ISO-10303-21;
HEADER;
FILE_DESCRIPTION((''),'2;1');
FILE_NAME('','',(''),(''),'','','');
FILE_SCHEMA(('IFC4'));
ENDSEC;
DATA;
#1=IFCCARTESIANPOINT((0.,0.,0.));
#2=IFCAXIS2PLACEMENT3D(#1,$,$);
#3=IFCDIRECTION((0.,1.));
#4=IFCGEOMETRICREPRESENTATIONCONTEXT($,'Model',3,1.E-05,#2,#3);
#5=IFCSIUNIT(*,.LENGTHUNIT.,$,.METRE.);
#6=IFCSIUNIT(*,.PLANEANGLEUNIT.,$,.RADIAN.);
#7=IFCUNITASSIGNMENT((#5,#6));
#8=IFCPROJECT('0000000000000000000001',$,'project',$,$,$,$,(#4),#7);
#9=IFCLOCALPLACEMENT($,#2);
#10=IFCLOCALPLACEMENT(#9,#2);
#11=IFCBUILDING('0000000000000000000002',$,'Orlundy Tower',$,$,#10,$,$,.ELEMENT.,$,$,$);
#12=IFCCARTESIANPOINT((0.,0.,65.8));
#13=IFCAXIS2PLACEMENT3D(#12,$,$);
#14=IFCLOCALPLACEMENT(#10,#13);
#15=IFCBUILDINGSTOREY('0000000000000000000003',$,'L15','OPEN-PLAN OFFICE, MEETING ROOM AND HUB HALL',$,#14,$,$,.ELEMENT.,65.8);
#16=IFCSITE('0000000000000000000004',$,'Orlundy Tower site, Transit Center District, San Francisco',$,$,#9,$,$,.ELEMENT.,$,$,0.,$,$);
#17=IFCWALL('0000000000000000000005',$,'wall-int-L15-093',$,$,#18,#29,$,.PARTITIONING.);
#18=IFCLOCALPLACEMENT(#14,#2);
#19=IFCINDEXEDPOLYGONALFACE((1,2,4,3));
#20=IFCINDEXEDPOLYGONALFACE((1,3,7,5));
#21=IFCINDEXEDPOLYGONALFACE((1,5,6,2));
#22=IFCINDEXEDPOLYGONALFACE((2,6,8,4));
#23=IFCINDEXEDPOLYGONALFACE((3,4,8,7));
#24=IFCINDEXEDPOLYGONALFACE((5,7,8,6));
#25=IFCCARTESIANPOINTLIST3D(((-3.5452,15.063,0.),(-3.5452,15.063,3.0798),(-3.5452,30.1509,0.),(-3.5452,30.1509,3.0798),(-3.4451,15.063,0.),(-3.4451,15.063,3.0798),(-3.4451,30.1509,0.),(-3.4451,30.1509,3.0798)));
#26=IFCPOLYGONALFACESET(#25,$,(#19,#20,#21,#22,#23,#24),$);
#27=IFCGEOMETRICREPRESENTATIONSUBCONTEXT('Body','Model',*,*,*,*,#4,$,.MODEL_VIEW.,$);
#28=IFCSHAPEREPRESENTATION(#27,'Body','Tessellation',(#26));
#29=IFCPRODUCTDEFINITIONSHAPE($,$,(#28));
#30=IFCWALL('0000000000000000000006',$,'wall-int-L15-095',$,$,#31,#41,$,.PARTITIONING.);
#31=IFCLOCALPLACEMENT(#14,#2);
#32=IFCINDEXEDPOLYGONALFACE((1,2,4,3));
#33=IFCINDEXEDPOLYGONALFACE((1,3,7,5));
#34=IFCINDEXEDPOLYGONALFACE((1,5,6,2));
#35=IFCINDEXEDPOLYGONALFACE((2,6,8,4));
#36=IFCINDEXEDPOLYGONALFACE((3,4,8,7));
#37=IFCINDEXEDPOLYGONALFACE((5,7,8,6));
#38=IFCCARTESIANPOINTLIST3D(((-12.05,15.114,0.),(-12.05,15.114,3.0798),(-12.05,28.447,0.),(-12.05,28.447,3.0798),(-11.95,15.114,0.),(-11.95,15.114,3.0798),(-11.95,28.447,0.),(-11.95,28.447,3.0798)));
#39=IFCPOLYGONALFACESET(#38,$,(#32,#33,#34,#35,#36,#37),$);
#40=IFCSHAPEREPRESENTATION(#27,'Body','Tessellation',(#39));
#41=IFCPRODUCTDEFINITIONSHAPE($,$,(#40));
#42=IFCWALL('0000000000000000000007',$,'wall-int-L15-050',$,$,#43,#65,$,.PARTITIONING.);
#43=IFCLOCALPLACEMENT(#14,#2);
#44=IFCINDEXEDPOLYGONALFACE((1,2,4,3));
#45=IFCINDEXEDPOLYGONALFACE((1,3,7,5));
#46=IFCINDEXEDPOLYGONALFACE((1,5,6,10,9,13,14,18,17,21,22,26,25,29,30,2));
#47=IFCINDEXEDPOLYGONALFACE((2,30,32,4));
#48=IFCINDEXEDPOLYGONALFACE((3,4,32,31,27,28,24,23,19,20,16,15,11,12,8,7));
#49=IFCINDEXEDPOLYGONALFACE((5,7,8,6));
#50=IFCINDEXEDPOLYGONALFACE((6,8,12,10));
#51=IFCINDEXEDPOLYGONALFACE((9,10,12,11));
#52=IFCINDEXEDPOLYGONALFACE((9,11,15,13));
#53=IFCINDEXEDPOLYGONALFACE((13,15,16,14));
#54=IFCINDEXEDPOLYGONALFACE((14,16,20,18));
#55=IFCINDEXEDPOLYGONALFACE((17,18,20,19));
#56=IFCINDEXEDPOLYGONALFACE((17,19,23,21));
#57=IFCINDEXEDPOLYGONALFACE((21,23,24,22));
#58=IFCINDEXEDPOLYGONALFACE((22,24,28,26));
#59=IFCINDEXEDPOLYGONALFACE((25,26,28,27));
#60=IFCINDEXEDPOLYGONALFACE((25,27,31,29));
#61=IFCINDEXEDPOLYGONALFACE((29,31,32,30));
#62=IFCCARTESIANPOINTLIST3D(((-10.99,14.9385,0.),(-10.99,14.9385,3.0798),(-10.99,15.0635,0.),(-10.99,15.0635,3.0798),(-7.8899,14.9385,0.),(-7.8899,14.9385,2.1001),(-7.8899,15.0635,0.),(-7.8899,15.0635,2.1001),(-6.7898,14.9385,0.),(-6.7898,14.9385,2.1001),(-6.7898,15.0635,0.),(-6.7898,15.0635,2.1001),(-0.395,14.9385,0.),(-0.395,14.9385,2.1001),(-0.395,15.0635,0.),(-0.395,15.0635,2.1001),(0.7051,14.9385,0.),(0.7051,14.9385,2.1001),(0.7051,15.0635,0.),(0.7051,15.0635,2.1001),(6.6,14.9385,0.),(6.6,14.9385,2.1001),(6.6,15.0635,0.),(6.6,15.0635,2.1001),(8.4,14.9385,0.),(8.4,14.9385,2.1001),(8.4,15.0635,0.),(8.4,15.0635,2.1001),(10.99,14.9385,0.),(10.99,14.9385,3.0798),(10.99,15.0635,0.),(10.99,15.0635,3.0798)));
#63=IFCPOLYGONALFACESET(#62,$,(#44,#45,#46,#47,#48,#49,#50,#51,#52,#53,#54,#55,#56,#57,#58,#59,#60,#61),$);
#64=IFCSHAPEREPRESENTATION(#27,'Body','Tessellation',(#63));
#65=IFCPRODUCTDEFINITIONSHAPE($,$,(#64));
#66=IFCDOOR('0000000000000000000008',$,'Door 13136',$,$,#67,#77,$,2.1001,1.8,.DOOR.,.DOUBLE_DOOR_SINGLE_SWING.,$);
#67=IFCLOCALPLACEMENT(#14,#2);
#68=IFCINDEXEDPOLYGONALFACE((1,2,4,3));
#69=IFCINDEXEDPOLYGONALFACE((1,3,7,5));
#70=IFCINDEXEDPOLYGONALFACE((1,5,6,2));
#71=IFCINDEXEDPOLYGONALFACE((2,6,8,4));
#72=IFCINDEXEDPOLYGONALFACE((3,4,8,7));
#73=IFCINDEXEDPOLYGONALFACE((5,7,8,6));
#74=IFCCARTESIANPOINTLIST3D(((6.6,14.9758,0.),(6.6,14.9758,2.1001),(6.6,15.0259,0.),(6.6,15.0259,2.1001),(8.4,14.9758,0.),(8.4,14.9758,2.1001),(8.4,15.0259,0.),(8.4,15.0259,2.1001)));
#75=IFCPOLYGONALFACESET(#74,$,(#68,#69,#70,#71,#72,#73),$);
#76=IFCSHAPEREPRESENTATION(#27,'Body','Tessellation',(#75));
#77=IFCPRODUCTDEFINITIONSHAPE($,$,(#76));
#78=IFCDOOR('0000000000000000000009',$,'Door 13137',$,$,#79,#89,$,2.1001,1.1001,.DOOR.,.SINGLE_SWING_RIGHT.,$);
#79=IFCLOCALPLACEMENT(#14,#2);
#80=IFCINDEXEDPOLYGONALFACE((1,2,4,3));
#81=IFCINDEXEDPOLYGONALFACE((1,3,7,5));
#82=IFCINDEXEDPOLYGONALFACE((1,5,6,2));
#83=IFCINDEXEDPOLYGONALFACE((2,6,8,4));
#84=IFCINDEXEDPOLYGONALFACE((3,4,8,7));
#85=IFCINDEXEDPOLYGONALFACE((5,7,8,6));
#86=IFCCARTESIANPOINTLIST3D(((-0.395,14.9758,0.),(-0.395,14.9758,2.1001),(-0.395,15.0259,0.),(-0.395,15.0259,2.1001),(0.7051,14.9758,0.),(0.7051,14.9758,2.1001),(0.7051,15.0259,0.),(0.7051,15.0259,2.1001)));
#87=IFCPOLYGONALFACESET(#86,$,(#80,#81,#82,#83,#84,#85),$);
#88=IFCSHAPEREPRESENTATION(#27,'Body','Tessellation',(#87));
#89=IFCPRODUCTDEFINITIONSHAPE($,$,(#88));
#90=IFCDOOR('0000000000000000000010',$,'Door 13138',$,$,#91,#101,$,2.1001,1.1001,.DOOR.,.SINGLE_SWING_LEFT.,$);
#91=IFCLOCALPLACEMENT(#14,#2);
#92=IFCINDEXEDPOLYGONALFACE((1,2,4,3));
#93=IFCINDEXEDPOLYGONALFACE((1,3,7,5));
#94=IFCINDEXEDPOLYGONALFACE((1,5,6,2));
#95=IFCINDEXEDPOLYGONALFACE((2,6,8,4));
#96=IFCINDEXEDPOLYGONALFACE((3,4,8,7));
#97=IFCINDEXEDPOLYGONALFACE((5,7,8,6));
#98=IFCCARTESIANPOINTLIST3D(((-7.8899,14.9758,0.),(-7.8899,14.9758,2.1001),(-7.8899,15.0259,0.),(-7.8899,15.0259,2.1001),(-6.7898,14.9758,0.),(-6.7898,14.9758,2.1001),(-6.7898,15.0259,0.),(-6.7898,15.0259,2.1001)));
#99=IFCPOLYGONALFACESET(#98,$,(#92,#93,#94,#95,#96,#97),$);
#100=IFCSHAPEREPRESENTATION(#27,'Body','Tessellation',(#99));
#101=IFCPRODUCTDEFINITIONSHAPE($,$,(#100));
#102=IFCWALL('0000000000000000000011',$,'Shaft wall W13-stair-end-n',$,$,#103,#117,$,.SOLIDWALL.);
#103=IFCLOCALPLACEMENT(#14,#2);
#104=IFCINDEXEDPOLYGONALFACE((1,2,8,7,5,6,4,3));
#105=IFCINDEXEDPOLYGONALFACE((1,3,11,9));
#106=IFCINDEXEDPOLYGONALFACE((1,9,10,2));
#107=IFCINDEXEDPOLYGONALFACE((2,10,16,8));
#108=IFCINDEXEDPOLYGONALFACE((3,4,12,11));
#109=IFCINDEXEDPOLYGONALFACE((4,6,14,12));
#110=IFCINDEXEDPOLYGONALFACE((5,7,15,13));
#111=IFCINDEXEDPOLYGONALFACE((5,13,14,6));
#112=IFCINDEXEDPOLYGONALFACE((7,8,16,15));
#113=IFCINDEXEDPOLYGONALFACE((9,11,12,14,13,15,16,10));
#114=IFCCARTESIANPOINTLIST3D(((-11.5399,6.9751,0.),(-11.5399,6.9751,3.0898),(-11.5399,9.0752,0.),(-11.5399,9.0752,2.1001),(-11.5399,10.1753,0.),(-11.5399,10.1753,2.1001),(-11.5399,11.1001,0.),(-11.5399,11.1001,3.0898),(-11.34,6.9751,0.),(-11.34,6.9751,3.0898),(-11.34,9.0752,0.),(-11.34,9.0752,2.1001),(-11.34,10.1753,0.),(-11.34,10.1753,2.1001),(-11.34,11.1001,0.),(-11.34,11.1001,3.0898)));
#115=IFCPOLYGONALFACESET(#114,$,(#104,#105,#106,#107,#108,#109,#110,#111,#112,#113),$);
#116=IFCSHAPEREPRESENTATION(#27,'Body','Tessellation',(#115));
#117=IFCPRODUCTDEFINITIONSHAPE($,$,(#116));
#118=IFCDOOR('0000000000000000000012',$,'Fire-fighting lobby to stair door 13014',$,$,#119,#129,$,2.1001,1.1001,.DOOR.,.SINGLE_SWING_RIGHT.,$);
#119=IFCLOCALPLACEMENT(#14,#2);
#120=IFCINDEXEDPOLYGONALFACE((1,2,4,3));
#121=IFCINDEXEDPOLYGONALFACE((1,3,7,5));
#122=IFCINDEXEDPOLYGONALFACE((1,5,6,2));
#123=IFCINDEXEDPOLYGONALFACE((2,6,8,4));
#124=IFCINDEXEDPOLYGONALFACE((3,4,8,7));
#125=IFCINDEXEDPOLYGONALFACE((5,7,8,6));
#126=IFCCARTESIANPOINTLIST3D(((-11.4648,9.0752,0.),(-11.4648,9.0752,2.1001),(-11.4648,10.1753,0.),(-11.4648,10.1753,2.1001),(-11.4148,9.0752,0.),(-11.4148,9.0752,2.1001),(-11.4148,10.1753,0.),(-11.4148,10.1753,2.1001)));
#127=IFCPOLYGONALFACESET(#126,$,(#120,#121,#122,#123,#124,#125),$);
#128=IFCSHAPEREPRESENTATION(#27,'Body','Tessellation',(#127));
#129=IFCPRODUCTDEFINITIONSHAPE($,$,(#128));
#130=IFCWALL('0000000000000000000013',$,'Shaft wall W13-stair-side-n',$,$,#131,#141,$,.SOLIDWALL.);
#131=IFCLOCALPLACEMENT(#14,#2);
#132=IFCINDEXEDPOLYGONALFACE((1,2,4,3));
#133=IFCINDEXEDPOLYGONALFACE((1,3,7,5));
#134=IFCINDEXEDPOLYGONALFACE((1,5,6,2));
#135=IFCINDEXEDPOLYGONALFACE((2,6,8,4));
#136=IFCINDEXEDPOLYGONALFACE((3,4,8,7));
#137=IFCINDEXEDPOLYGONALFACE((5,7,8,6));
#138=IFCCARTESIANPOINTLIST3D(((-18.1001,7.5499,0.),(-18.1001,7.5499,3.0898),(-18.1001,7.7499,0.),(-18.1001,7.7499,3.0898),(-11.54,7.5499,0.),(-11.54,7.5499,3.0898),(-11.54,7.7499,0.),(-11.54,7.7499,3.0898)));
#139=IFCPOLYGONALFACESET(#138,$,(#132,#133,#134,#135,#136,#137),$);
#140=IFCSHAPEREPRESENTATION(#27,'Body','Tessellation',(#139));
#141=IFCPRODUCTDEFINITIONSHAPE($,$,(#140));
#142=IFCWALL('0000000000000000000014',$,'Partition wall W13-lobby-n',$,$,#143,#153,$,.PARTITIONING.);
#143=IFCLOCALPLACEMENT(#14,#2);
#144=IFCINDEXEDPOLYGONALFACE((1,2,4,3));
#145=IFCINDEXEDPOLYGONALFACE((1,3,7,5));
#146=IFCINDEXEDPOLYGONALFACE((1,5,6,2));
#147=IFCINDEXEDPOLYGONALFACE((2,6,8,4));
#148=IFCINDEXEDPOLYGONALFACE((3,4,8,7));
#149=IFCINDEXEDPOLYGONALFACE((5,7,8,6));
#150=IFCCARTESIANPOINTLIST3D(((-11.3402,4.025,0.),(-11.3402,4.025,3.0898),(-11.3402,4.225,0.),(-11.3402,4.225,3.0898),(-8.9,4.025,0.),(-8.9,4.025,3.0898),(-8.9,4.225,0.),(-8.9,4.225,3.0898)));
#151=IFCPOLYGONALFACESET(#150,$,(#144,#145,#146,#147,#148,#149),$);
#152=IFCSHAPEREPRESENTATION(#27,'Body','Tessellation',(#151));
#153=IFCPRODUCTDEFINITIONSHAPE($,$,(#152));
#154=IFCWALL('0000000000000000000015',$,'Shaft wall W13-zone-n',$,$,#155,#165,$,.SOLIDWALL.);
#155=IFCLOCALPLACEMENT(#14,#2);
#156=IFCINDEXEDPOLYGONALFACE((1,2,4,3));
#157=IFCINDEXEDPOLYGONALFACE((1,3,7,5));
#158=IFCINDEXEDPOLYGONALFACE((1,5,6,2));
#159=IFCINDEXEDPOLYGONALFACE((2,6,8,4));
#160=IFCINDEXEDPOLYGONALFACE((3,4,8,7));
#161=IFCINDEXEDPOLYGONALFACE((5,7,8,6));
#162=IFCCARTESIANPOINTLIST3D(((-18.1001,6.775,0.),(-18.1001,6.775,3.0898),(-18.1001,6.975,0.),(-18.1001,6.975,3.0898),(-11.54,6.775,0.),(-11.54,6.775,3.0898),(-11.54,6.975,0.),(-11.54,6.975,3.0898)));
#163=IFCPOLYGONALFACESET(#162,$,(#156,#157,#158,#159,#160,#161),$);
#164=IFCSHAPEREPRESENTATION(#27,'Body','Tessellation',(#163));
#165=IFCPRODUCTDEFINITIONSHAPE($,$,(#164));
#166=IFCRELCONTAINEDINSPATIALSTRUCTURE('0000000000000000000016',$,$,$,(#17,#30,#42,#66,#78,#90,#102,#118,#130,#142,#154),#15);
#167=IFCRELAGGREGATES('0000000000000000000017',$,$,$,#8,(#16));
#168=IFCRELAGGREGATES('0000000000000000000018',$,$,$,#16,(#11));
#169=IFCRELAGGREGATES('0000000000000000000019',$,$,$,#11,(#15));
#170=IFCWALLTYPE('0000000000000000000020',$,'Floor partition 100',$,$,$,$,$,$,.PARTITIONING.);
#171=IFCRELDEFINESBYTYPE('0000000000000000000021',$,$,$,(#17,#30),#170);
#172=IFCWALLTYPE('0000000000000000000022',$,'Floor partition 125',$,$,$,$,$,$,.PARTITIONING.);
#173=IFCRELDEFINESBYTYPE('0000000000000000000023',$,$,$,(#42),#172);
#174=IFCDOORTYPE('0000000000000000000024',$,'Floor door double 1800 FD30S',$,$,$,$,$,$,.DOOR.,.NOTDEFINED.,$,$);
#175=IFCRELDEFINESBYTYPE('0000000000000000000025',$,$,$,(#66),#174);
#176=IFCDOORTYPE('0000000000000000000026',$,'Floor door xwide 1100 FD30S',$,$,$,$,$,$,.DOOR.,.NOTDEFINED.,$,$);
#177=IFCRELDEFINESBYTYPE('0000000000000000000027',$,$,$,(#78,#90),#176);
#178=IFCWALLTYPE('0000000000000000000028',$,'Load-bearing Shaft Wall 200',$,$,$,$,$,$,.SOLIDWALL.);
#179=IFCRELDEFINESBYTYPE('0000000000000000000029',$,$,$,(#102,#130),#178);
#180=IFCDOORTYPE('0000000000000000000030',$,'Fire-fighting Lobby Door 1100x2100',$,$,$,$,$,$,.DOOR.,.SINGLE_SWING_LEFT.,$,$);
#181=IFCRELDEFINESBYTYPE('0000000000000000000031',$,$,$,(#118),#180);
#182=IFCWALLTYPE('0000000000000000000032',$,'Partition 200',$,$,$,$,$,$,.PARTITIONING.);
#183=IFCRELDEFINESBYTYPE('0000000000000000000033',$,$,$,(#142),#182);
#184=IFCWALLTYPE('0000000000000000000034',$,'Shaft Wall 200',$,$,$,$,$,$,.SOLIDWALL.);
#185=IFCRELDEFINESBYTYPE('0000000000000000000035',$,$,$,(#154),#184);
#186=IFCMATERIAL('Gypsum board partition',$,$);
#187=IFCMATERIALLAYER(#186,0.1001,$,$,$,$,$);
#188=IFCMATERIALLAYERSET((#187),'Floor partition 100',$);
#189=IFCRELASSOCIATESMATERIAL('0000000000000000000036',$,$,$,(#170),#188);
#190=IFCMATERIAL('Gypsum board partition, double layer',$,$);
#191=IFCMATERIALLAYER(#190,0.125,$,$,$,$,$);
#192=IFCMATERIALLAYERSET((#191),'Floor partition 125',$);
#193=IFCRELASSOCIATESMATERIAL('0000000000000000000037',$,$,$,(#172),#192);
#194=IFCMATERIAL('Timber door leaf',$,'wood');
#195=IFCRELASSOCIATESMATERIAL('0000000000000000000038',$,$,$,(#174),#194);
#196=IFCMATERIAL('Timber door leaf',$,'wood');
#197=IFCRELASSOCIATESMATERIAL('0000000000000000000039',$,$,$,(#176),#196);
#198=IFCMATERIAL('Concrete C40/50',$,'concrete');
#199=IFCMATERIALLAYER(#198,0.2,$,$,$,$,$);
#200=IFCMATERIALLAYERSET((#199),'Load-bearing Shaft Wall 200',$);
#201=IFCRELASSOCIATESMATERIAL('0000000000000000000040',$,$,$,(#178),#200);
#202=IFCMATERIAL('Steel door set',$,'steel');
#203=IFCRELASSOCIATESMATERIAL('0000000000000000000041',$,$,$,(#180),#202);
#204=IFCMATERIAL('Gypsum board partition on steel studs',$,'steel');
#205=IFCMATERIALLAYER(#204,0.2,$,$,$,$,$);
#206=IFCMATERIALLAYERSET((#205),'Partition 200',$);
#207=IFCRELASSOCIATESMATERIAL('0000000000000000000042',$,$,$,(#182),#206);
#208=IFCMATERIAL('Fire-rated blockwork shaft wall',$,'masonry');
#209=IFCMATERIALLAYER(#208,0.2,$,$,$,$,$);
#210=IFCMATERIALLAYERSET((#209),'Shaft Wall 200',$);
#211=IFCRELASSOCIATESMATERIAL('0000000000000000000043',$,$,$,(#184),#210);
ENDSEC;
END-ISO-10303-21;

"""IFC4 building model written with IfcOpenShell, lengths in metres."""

from ifc_helpers import new_model, si_unit, direction, frame, frame_2d, origin, place, context, subcontext, project, spatial, rectangle, extrude, material, layer, layer_set, type_object, element, fill, save


model = new_model("IFC4")

# Units and contexts
model_context = context("Model", 3, precision=1e-05, world=origin(), true_north=direction((0.0, 1.0)))
body_context = subcontext(model_context, "Body", "Model", "MODEL_VIEW")
ifc_project = project(units=[si_unit("LENGTHUNIT", "METRE"), si_unit("PLANEANGLEUNIT", "RADIAN")], contexts=[model_context])

# Site, building, storey
site_placement = place(None, origin())
site = spatial("IfcSite", under=ifc_project, at=site_placement, Name="Orlundy Tower site, Transit Center District, San Francisco", CompositionType="ELEMENT", RefElevation=0.0)
building_placement = place(site_placement, origin())
building = spatial("IfcBuilding", under=site, at=building_placement, Name="Orlundy Tower", CompositionType="ELEMENT")
storey_placement = place(building_placement, frame((0.0, 0.0, 65.8)))
storey = spatial("IfcBuildingStorey", under=building, at=storey_placement, Name="L15", Description="OPEN-PLAN OFFICE, MEETING ROOM AND HUB HALL", CompositionType="ELEMENT", Elevation=65.8)

# Walls
ifc_material_1 = material(Name="Gypsum board partition")
ifc_layer_1 = layer(ifc_material_1, 0.1001)
ifc_layer_set_1 = layer_set([ifc_layer_1], Name="Floor partition 100")
wall_type_1 = type_object("IfcWallType", Name="Floor partition 100", PredefinedType="PARTITIONING", material=ifc_layer_set_1)
wall_1_placement = place(storey_placement, frame((-3.4951, 15.063, 0.0), z_axis=(0.0, 0.0, 1.0), x_axis=(0.0, 1.0, 0.0)))
element("IfcWall", 1, at=wall_1_placement, inside=storey, type_object=wall_type_1, Name="wall-int-L15-093", PredefinedType="PARTITIONING", context=body_context, shape_type="SweptSolid", body=[
    extrude(rectangle(XDim=15.0879, YDim=0.1001, at=frame_2d((7.5439, 0.0))), origin(), (0.0, 0.0, 1.0), 3.0798),
])
wall_2_placement = place(storey_placement, frame((-12.0, 15.114, 0.0), z_axis=(0.0, 0.0, 1.0), x_axis=(0.0, 1.0, 0.0)))
element("IfcWall", 2, at=wall_2_placement, inside=storey, type_object=wall_type_1, Name="wall-int-L15-095", PredefinedType="PARTITIONING", context=body_context, shape_type="SweptSolid", body=[
    extrude(rectangle(XDim=13.333, YDim=0.1001, at=frame_2d((6.6665, 0.0))), origin(), (0.0, 0.0, 1.0), 3.0798),
])

# Wall, openings, doors
ifc_material_2 = material(Name="Gypsum board partition, double layer")
ifc_layer_2 = layer(ifc_material_2, 0.125)
ifc_layer_set_2 = layer_set([ifc_layer_2], Name="Floor partition 125")
wall_type_2 = type_object("IfcWallType", Name="Floor partition 125", PredefinedType="PARTITIONING", material=ifc_layer_set_2)
wall_3_placement = place(storey_placement, frame((-10.99, 15.001, 0.0), z_axis=(0.0, 0.0, 1.0), x_axis=(1.0, 0.0, 0.0)))
wall_3 = element("IfcWall", 3, at=wall_3_placement, inside=storey, type_object=wall_type_2, Name="wall-int-L15-050", PredefinedType="PARTITIONING", context=body_context, shape_type="SweptSolid", body=[
    extrude(rectangle(XDim=21.98, YDim=0.125, at=frame_2d((10.99, 0.0))), origin(), (0.0, 0.0, 1.0), 3.0798),
])
opening_1_placement = place(wall_3_placement, frame((17.5901, 0.0, 0.0)))
opening_1 = element("IfcOpeningElement", 4, at=opening_1_placement, cuts=wall_3, PredefinedType="OPENING", context=body_context, shape_type="SweptSolid", body=[
    extrude(rectangle(XDim=1.8, YDim=2.1001, at=frame_2d((0.8999, 1.05))), frame((0.0, 0.0725, 0.0), z_axis=(0.0, -1.0, 0.0), x_axis=(1.0, 0.0, 0.0)), (0.0, 0.0, 1.0), 0.145),
])
opening_2_placement = place(wall_3_placement, frame((10.595, 0.0, 0.0)))
opening_2 = element("IfcOpeningElement", 5, at=opening_2_placement, cuts=wall_3, PredefinedType="OPENING", context=body_context, shape_type="SweptSolid", body=[
    extrude(rectangle(XDim=1.1001, YDim=2.1001, at=frame_2d((0.55, 1.05))), frame((0.0, 0.0725, 0.0), z_axis=(0.0, -1.0, 0.0), x_axis=(1.0, 0.0, 0.0)), (0.0, 0.0, 1.0), 0.145),
])
opening_3_placement = place(wall_3_placement, frame((3.1001, 0.0, 0.0)))
opening_3 = element("IfcOpeningElement", 6, at=opening_3_placement, cuts=wall_3, PredefinedType="OPENING", context=body_context, shape_type="SweptSolid", body=[
    extrude(rectangle(XDim=1.1001, YDim=2.1001, at=frame_2d((0.55, 1.05))), frame((0.0, 0.0725, 0.0), z_axis=(0.0, -1.0, 0.0), x_axis=(1.0, 0.0, 0.0)), (0.0, 0.0, 1.0), 0.145),
])
ifc_material_3 = material(Name="Timber door leaf", Category="wood")
door_type_1 = type_object("IfcDoorType", Name="Floor door double 1800 FD30S", OperationType="NOTDEFINED", PredefinedType="DOOR", material=ifc_material_3)
door_1_placement = place(opening_1_placement, origin())
door_1 = element("IfcDoor", 7, at=door_1_placement, inside=storey, type_object=door_type_1, Name="Door 13136", OperationType="DOUBLE_DOOR_SINGLE_SWING", OverallHeight=2.1001, OverallWidth=1.8, PredefinedType="DOOR", context=body_context, shape_type="SweptSolid", body=[
    extrude(rectangle(XDim=1.8, YDim=2.1001, at=frame_2d((0.8999, 1.05))), frame((0.0, 0.0249, 0.0), z_axis=(0.0, -1.0, 0.0), x_axis=(1.0, 0.0, 0.0)), (0.0, 0.0, 1.0), 0.05),
])
fill(opening_1, door_1)
ifc_material_4 = material(Name="Timber door leaf", Category="wood")
door_type_2 = type_object("IfcDoorType", Name="Floor door xwide 1100 FD30S", OperationType="NOTDEFINED", PredefinedType="DOOR", material=ifc_material_4)
door_2_placement = place(opening_2_placement, origin())
door_2 = element("IfcDoor", 8, at=door_2_placement, inside=storey, type_object=door_type_2, Name="Door 13137", OperationType="SINGLE_SWING_RIGHT", OverallHeight=2.1001, OverallWidth=1.1001, PredefinedType="DOOR", context=body_context, shape_type="SweptSolid", body=[
    extrude(rectangle(XDim=1.1001, YDim=2.1001, at=frame_2d((0.55, 1.05))), frame((0.0, 0.0249, 0.0), z_axis=(0.0, -1.0, 0.0), x_axis=(1.0, 0.0, 0.0)), (0.0, 0.0, 1.0), 0.05),
])
fill(opening_2, door_2)
door_3_placement = place(opening_3_placement, origin())
door_3 = element("IfcDoor", 9, at=door_3_placement, inside=storey, type_object=door_type_2, Name="Door 13138", OperationType="SINGLE_SWING_LEFT", OverallHeight=2.1001, OverallWidth=1.1001, PredefinedType="DOOR", context=body_context, shape_type="SweptSolid", body=[
    extrude(rectangle(XDim=1.1001, YDim=2.1001, at=frame_2d((0.55, 1.05))), frame((0.0, 0.0249, 0.0), z_axis=(0.0, -1.0, 0.0), x_axis=(1.0, 0.0, 0.0)), (0.0, 0.0, 1.0), 0.05),
])
fill(opening_3, door_3)

# Wall, opening, door
ifc_material_5 = material(Name="Concrete C40/50", Category="concrete")
ifc_layer_3 = layer(ifc_material_5, 0.2)
ifc_layer_set_3 = layer_set([ifc_layer_3], Name="Load-bearing Shaft Wall 200")
wall_type_3 = type_object("IfcWallType", Name="Load-bearing Shaft Wall 200", PredefinedType="SOLIDWALL", material=ifc_layer_set_3)
wall_4_placement = place(storey_placement, frame((-11.4399, 6.9751, 0.0), z_axis=(0.0, 0.0, 1.0), x_axis=(0.0, 1.0, 0.0)))
wall_4 = element("IfcWall", 10, at=wall_4_placement, inside=storey, type_object=wall_type_3, Name="Shaft wall W13-stair-end-n", PredefinedType="SOLIDWALL", context=body_context, shape_type="SweptSolid", body=[
    extrude(rectangle(XDim=4.125, YDim=0.2, at=frame_2d((2.0625, 0.0))), origin(), (0.0, 0.0, 1.0), 3.0898),
])
opening_4_placement = place(wall_4_placement, frame((2.1001, 0.0, 0.0)))
opening_4 = element("IfcOpeningElement", 11, at=opening_4_placement, cuts=wall_4, PredefinedType="OPENING", context=body_context, shape_type="SweptSolid", body=[
    extrude(rectangle(XDim=1.1001, YDim=2.1001, at=frame_2d((0.55, 1.05))), frame((0.0, 0.1101, 0.0), z_axis=(0.0, -1.0, 0.0), x_axis=(1.0, 0.0, 0.0)), (0.0, 0.0, 1.0), 0.2202),
])
ifc_material_6 = material(Name="Steel door set", Category="steel")
door_type_3 = type_object("IfcDoorType", Name="Fire-fighting Lobby Door 1100x2100", OperationType="SINGLE_SWING_LEFT", PredefinedType="DOOR", material=ifc_material_6)
door_4_placement = place(opening_4_placement, origin())
door_4 = element("IfcDoor", 12, at=door_4_placement, inside=storey, type_object=door_type_3, Name="Fire-fighting lobby to stair door 13014", OperationType="SINGLE_SWING_RIGHT", OverallHeight=2.1001, OverallWidth=1.1001, PredefinedType="DOOR", context=body_context, shape_type="SweptSolid", body=[
    extrude(rectangle(XDim=1.1001, YDim=2.1001, at=frame_2d((0.55, 1.05))), frame((0.0, 0.0249, 0.0), z_axis=(0.0, -1.0, 0.0), x_axis=(1.0, 0.0, 0.0)), (0.0, 0.0, 1.0), 0.05),
])
fill(opening_4, door_4)

# Walls
wall_5_placement = place(storey_placement, frame((-11.54, 7.6499, 0.0), z_axis=(0.0, 0.0, 1.0), x_axis=(-1.0, 0.0, 0.0)))
element("IfcWall", 13, at=wall_5_placement, inside=storey, type_object=wall_type_3, Name="Shaft wall W13-stair-side-n", PredefinedType="SOLIDWALL", context=body_context, shape_type="SweptSolid", body=[
    extrude(rectangle(XDim=6.5601, YDim=0.2, at=frame_2d((3.28, 0.0))), origin(), (0.0, 0.0, 1.0), 3.0898),
])
ifc_material_7 = material(Name="Gypsum board partition on steel studs", Category="steel")
ifc_layer_4 = layer(ifc_material_7, 0.2)
ifc_layer_set_4 = layer_set([ifc_layer_4], Name="Partition 200")
wall_type_4 = type_object("IfcWallType", Name="Partition 200", PredefinedType="PARTITIONING", material=ifc_layer_set_4)
wall_6_placement = place(storey_placement, frame((-8.8999, 4.125, 0.0), z_axis=(0.0, 0.0, 1.0), x_axis=(-1.0, 0.0, 0.0)))
element("IfcWall", 14, at=wall_6_placement, inside=storey, type_object=wall_type_4, Name="Partition wall W13-lobby-n", PredefinedType="PARTITIONING", context=body_context, shape_type="SweptSolid", body=[
    extrude(rectangle(XDim=2.4402, YDim=0.2, at=frame_2d((1.2202, 0.0))), origin(), (0.0, 0.0, 1.0), 3.0898),
])
ifc_material_8 = material(Name="Fire-rated blockwork shaft wall", Category="masonry")
ifc_layer_5 = layer(ifc_material_8, 0.2)
ifc_layer_set_5 = layer_set([ifc_layer_5], Name="Shaft Wall 200")
wall_type_5 = type_object("IfcWallType", Name="Shaft Wall 200", PredefinedType="SOLIDWALL", material=ifc_layer_set_5)
wall_7_placement = place(storey_placement, frame((-11.54, 6.875, 0.0), z_axis=(0.0, 0.0, 1.0), x_axis=(-1.0, 0.0, 0.0)))
element("IfcWall", 15, at=wall_7_placement, inside=storey, type_object=wall_type_5, Name="Shaft wall W13-zone-n", PredefinedType="SOLIDWALL", context=body_context, shape_type="SweptSolid", body=[
    extrude(rectangle(XDim=6.5601, YDim=0.2, at=frame_2d((3.28, 0.0))), origin(), (0.0, 0.0, 1.0), 3.0898),
])

save(model, "model.ifc")
